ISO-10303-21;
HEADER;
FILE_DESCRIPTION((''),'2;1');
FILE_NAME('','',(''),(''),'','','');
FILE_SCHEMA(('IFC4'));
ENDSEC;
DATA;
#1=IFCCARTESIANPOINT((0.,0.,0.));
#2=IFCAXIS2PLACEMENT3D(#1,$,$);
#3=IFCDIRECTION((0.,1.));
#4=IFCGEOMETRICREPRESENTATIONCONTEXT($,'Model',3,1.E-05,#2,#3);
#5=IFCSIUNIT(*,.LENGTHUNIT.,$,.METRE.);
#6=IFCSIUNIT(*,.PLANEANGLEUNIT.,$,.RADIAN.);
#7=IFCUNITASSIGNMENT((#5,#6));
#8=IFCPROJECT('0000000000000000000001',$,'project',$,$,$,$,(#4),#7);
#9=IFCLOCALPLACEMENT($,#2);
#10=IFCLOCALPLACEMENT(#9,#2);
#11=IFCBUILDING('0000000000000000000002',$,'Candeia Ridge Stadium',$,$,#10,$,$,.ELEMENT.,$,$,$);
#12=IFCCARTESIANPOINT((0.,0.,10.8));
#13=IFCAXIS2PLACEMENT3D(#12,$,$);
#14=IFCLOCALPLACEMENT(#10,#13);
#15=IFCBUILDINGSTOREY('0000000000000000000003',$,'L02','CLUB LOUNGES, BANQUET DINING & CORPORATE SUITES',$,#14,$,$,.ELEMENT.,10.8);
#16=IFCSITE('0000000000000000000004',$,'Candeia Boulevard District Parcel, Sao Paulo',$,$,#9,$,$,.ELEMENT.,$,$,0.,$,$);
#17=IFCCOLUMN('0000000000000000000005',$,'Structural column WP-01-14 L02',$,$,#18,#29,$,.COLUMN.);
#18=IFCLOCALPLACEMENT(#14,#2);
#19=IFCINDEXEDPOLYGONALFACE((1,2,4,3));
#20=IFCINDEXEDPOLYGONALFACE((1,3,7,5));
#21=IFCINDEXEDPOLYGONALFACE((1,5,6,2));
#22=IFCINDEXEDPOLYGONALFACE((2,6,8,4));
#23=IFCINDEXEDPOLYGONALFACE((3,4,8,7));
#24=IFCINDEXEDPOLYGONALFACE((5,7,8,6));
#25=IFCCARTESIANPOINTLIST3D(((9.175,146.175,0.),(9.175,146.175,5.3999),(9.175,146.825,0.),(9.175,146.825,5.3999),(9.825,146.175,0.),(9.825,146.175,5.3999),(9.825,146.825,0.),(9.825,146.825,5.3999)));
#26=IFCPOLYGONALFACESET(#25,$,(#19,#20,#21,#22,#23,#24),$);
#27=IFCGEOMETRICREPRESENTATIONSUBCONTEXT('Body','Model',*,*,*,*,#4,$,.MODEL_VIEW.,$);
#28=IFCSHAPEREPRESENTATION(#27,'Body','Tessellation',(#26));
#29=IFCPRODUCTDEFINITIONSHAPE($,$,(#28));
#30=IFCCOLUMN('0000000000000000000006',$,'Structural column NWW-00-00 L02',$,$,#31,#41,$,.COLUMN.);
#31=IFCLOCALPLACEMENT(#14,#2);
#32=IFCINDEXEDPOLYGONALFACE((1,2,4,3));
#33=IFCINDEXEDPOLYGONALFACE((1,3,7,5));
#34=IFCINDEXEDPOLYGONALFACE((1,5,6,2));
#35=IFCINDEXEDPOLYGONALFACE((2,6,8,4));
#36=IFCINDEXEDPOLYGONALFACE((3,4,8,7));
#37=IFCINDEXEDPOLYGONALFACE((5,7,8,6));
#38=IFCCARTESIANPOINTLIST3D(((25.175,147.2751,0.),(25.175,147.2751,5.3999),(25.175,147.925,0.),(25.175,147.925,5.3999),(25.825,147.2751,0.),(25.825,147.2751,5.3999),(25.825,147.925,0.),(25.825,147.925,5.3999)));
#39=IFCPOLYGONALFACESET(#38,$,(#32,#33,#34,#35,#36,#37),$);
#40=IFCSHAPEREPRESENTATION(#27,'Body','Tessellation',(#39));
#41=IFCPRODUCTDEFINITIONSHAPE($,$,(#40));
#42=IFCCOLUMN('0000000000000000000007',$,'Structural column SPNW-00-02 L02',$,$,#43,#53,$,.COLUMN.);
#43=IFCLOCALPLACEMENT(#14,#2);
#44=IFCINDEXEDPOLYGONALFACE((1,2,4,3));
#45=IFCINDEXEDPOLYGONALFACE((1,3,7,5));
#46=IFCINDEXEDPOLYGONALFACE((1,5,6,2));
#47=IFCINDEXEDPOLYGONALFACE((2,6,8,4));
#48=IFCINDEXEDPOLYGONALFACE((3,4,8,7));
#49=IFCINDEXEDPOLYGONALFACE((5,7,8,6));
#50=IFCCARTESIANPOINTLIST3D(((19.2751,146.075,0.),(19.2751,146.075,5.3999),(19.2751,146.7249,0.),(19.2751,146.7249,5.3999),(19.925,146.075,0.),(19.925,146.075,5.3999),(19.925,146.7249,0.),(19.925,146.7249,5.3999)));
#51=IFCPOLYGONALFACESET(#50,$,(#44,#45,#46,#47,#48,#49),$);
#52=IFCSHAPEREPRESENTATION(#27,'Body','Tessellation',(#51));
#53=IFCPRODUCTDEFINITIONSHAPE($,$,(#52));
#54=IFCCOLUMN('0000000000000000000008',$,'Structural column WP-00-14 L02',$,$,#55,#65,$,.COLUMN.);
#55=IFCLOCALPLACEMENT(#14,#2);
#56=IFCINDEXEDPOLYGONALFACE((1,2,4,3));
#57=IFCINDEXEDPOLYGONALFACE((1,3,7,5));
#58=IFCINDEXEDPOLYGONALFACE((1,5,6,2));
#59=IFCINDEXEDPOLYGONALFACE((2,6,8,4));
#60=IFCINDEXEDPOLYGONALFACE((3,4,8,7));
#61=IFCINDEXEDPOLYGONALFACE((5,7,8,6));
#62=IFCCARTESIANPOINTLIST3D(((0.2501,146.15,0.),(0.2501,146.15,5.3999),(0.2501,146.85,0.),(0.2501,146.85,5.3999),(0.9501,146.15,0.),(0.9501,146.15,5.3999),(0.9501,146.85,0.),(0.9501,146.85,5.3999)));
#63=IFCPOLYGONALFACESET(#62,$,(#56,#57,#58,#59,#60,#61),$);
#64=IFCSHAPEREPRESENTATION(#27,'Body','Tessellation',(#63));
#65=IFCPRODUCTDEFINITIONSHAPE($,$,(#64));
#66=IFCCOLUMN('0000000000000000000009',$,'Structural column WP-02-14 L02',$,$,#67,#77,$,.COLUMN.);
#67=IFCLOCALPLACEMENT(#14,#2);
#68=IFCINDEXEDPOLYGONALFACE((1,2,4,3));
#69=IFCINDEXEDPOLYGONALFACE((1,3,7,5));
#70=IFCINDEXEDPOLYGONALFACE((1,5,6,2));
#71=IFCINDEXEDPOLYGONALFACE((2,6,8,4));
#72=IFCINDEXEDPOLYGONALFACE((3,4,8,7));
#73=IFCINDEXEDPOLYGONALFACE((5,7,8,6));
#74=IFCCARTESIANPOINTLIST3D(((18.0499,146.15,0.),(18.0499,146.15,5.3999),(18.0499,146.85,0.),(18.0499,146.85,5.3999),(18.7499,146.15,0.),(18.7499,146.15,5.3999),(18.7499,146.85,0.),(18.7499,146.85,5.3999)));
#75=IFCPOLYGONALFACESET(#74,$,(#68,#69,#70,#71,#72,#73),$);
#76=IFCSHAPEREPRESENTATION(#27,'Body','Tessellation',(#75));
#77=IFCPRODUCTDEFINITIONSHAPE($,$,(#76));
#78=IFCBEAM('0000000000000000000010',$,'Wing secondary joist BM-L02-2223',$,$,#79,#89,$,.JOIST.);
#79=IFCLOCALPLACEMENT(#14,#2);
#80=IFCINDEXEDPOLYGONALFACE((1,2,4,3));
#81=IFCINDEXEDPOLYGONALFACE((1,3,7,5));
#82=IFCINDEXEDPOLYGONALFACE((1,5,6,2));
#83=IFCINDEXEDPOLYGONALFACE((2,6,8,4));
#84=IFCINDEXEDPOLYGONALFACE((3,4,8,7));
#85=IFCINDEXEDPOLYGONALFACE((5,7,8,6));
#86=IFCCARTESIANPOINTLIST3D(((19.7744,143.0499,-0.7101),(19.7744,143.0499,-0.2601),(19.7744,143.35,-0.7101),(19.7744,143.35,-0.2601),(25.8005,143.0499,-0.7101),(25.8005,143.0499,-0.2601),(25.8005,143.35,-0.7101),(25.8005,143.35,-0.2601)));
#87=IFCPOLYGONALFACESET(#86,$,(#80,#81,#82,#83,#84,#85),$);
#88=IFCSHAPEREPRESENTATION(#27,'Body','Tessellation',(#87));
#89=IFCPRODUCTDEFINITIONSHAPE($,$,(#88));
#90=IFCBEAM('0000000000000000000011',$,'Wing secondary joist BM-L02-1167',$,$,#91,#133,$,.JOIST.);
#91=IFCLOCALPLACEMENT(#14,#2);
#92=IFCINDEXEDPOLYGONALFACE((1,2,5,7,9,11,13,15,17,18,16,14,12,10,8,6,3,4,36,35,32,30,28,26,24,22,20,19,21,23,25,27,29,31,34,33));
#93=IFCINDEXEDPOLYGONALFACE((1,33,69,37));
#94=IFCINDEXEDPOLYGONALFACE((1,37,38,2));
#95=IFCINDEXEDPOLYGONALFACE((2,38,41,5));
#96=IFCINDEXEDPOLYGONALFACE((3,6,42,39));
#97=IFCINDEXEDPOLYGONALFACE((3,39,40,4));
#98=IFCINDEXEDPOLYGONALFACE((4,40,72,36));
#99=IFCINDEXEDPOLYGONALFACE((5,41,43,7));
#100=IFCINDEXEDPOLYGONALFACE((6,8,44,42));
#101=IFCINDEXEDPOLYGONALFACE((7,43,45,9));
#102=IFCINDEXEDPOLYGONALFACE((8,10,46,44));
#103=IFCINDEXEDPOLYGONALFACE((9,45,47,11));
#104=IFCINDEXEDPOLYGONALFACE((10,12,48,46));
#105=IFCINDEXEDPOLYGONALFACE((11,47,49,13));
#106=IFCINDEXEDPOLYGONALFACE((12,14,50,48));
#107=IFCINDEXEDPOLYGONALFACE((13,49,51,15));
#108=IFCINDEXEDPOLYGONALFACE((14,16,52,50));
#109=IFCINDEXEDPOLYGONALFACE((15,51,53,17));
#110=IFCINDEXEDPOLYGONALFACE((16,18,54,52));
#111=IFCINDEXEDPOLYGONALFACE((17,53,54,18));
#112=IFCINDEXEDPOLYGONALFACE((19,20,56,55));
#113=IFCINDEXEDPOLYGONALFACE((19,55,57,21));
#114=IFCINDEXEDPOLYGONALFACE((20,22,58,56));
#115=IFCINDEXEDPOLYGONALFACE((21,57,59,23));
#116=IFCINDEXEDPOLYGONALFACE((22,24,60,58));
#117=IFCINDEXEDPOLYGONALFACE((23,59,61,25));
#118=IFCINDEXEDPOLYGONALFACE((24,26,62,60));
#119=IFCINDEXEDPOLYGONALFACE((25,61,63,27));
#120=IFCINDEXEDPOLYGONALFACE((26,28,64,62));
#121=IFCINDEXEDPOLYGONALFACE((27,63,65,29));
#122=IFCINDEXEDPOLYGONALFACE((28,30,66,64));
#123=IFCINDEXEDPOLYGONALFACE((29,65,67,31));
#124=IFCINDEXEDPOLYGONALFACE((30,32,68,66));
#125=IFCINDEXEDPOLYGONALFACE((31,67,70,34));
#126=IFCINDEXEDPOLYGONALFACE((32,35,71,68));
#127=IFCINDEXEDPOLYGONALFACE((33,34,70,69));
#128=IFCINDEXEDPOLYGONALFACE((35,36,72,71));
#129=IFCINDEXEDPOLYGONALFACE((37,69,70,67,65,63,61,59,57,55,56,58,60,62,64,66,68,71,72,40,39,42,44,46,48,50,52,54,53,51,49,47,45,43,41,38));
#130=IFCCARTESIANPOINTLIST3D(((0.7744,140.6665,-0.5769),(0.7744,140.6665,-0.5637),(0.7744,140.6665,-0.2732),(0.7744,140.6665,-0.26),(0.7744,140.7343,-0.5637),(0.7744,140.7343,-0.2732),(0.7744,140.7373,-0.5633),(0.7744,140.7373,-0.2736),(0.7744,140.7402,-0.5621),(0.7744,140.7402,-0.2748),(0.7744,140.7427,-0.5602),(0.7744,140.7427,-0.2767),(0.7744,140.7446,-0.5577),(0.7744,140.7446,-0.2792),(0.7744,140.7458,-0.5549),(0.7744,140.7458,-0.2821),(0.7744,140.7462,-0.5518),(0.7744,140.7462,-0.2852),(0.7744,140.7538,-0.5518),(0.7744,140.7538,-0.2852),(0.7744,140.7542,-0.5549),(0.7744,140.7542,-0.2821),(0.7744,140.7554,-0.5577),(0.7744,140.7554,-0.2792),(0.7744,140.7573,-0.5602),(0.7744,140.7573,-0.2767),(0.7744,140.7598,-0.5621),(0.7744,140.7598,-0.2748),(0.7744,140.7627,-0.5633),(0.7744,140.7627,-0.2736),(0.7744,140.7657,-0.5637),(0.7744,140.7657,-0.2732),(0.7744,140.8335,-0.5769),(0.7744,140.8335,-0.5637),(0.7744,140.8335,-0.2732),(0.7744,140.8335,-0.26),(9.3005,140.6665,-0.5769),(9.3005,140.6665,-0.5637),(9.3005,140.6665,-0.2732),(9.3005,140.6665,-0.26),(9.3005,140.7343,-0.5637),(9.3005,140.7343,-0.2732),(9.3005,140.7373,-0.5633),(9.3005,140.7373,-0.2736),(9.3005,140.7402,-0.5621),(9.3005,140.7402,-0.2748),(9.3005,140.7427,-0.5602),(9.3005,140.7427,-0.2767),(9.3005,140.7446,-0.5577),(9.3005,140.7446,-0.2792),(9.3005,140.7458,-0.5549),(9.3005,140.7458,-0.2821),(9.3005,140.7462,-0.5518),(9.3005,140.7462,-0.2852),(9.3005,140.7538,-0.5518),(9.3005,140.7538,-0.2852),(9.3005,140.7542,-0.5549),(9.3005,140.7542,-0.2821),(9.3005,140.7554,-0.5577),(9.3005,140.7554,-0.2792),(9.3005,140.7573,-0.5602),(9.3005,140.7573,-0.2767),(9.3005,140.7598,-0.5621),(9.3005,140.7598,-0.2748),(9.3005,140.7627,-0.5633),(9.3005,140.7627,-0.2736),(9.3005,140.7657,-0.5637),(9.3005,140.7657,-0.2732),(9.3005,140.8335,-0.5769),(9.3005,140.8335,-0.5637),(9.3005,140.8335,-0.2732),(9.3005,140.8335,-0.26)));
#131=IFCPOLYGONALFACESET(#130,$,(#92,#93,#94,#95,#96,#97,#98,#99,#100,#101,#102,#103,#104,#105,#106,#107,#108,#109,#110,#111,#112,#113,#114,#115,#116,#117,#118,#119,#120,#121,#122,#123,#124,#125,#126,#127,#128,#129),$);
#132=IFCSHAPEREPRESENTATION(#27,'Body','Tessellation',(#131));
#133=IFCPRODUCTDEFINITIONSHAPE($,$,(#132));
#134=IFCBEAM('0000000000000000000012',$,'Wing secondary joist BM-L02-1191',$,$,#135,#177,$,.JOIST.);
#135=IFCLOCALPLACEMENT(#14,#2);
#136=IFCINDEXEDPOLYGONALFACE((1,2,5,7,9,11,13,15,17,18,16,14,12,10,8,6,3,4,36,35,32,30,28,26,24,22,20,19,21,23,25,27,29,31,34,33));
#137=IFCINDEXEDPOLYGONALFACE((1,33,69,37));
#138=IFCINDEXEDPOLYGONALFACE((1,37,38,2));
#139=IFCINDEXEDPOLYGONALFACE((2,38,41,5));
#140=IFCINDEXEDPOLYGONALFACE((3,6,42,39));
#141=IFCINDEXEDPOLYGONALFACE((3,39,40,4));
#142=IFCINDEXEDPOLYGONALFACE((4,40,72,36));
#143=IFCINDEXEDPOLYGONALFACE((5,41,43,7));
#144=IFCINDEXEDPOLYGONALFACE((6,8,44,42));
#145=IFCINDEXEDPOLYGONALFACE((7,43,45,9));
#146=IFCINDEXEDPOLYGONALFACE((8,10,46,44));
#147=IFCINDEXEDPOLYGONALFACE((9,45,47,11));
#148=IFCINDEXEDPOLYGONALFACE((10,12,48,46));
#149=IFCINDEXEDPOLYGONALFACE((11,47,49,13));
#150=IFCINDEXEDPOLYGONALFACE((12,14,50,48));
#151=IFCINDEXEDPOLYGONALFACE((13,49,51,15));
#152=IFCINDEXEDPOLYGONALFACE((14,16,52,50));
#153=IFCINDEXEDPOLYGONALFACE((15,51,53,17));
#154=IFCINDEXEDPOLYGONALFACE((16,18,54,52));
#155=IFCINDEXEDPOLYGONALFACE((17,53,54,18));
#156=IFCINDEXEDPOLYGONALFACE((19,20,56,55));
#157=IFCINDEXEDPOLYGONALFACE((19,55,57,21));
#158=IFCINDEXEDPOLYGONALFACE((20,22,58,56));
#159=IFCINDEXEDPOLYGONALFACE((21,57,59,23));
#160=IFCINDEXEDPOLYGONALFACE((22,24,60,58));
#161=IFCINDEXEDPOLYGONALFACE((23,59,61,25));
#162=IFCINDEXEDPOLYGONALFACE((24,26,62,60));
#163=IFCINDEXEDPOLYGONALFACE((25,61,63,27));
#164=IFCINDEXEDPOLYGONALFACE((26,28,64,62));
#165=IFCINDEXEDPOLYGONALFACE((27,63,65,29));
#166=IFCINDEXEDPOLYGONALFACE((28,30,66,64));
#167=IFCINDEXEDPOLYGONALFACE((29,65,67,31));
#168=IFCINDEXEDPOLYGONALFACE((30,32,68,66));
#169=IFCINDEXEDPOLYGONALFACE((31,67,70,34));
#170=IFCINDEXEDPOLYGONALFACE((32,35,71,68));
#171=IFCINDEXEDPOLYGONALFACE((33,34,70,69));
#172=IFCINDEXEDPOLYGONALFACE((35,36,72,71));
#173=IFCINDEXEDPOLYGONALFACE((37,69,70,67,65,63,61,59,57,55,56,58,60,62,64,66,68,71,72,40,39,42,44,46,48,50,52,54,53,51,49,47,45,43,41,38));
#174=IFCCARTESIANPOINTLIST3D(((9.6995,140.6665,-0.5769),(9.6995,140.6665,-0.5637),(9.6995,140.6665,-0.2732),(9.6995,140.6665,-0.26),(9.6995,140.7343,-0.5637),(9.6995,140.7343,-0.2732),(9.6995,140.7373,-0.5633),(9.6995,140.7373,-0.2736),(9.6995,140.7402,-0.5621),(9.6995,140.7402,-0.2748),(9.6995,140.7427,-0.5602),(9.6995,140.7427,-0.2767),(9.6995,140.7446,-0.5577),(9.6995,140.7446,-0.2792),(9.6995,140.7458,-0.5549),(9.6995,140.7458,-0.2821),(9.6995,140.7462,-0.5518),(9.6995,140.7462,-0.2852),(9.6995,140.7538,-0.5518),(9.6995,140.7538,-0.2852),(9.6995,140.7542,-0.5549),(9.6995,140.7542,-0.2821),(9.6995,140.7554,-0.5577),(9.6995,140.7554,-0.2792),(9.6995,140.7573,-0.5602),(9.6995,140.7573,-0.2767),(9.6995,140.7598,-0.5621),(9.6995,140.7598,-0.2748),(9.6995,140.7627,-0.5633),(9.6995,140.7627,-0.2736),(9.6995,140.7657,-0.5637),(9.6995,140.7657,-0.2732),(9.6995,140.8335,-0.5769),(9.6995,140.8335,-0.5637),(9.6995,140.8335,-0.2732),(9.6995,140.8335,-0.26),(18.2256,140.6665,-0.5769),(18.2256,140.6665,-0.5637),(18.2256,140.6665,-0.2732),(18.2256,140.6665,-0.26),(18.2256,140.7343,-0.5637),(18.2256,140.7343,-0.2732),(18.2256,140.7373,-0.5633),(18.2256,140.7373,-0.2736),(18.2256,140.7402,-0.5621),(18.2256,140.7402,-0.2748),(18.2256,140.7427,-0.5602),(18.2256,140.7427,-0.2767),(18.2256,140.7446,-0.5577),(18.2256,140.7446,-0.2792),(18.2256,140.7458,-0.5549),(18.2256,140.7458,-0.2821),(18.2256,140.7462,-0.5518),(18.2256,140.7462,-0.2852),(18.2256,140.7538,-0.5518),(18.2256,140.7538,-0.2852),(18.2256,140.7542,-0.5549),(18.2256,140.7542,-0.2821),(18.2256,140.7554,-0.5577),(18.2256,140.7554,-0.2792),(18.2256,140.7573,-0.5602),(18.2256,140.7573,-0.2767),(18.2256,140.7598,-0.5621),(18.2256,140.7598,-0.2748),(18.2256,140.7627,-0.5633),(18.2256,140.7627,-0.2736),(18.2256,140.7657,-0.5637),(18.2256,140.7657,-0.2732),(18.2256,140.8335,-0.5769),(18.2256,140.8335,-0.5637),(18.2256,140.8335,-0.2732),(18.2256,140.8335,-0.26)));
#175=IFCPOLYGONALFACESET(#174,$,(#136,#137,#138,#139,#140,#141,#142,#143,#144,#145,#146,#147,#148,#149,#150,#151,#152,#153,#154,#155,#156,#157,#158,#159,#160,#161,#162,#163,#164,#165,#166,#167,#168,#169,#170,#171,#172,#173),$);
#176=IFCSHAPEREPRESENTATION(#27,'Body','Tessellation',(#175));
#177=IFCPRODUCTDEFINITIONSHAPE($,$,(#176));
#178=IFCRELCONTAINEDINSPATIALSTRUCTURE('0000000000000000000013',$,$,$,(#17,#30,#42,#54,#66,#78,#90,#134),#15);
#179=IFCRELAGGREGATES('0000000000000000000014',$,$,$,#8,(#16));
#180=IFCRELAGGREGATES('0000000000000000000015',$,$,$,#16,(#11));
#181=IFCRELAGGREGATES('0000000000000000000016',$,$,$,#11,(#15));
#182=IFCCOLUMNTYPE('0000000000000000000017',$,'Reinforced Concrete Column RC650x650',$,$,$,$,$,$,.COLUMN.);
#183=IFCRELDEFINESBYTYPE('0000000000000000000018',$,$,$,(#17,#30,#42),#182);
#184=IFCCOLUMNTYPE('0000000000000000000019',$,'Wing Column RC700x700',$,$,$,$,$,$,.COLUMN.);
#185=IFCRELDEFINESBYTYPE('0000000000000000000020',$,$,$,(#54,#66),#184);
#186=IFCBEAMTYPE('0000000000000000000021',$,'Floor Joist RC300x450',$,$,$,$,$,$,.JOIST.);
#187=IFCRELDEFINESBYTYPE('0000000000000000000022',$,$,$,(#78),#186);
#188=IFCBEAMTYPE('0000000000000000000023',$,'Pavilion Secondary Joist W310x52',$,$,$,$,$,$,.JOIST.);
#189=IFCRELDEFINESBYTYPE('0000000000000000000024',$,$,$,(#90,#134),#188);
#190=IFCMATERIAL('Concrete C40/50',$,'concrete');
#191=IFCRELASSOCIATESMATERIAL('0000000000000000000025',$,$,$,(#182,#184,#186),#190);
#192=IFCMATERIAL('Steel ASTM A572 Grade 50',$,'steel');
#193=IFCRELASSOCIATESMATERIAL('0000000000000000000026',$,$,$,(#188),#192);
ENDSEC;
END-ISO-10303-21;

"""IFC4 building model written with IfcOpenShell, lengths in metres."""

from ifc_helpers import new_model, si_unit, direction, frame, origin, origin_2d, place, context, subcontext, project, spatial, rectangle, i_section, extrude, material, material_profile, profile_set, type_object, element, save


model = new_model("IFC4")

# Units and contexts
model_context = context("Model", 3, precision=1e-05, world=origin(), true_north=direction((0.0, 1.0)))
body_context = subcontext(model_context, "Body", "Model", "MODEL_VIEW")
ifc_project = project(units=[si_unit("LENGTHUNIT", "METRE"), si_unit("PLANEANGLEUNIT", "RADIAN")], contexts=[model_context])

# Site, building, storey
site_placement = place(None, origin())
site = spatial("IfcSite", under=ifc_project, at=site_placement, Name="Candeia Boulevard District Parcel, Sao Paulo", CompositionType="ELEMENT", RefElevation=0.0)
building_placement = place(site_placement, origin())
building = spatial("IfcBuilding", under=site, at=building_placement, Name="Candeia Ridge Stadium", CompositionType="ELEMENT")
storey_placement = place(building_placement, frame((0.0, 0.0, 10.8)))
storey = spatial("IfcBuildingStorey", under=building, at=storey_placement, Name="L02", Description="CLUB LOUNGES, BANQUET DINING & CORPORATE SUITES", CompositionType="ELEMENT", Elevation=10.8)

# Columns
ifc_material_1 = material(Name="Concrete C40/50", Category="concrete")
ifc_material_profile_1 = material_profile(ifc_material_1, rectangle(XDim=0.6499, YDim=0.6499, at=origin_2d()), Name="RC650x650", Category="concrete")
ifc_profile_set_1 = profile_set([ifc_material_profile_1], Name="Concrete C40/50")
column_type_1 = type_object("IfcColumnType", Name="Reinforced Concrete Column RC650x650", PredefinedType="COLUMN", material=ifc_profile_set_1)
for number, where, z_axis, x_axis, name in (
    (1, (9.5, 146.5, 0.0), (0.0, 0.0, 1.0), (1.0, 0.0, 0.0), "Structural column WP-01-14 L02"),
    (2, (25.5, 147.6001, 0.0), (0.0, 0.0, 1.0), (1.0, 0.0, 0.0), "Structural column NWW-00-00 L02"),
    (3, (19.6001, 146.3999, 0.0), (0.0, 0.0, 1.0), (1.0, 0.0, 0.0), "Structural column SPNW-00-02 L02"),
):
    element("IfcColumn", number, at=place(storey_placement, frame(where, z_axis=z_axis, x_axis=x_axis)), inside=storey, type_object=column_type_1, Name=name, PredefinedType="COLUMN", context=body_context, shape_type="SweptSolid", body=[
        extrude(rectangle(XDim=0.6499, YDim=0.6499, at=origin_2d()), origin(), (0.0, 0.0, 1.0), 5.3999),
    ])
ifc_material_profile_2 = material_profile(ifc_material_1, rectangle(XDim=0.7, YDim=0.7, at=origin_2d()), Name="RC700x700", Category="concrete")
ifc_profile_set_2 = profile_set([ifc_material_profile_2], Name="Concrete C40/50")
column_type_2 = type_object("IfcColumnType", Name="Wing Column RC700x700", PredefinedType="COLUMN", material=ifc_profile_set_2)
for number, where, z_axis, x_axis, name in (
    (4, (0.6001, 146.5, 0.0), (0.0, 0.0, 1.0), (1.0, 0.0, 0.0), "Structural column WP-00-14 L02"),
    (5, (18.3999, 146.5, 0.0), (0.0, 0.0, 1.0), (1.0, 0.0, 0.0), "Structural column WP-02-14 L02"),
):
    element("IfcColumn", number, at=place(storey_placement, frame(where, z_axis=z_axis, x_axis=x_axis)), inside=storey, type_object=column_type_2, Name=name, PredefinedType="COLUMN", context=body_context, shape_type="SweptSolid", body=[
        extrude(rectangle(XDim=0.7, YDim=0.7, at=origin_2d()), origin(), (0.0, 0.0, 1.0), 5.3999),
    ])

# Beams
ifc_material_profile_3 = material_profile(ifc_material_1, rectangle(XDim=0.3, YDim=0.45, at=origin_2d()), Name="RC300x450", Category="concrete")
ifc_profile_set_3 = profile_set([ifc_material_profile_3], Name="Concrete C40/50")
beam_type_1 = type_object("IfcBeamType", Name="Floor Joist RC300x450", PredefinedType="JOIST", material=ifc_profile_set_3)
beam_1_placement = place(storey_placement, frame((19.7744, 143.2, -0.4851), z_axis=(1.0, 0.0, 0.0), x_axis=(0.0, 1.0, 0.0)))
element("IfcBeam", 6, at=beam_1_placement, inside=storey, type_object=beam_type_1, Name="Wing secondary joist BM-L02-2223", PredefinedType="JOIST", context=body_context, shape_type="SweptSolid", body=[
    extrude(rectangle(XDim=0.3, YDim=0.45, at=origin_2d()), origin(), (0.0, 0.0, 1.0), 6.0261),
])
ifc_material_2 = material(Name="Steel ASTM A572 Grade 50", Category="steel")
ifc_material_profile_4 = material_profile(ifc_material_2, i_section(OverallWidth=0.167, OverallDepth=0.3169, WebThickness=0.0076, FlangeThickness=0.0132, FilletRadius=0.012, at=origin_2d()), Name="W310x52", Category="steel")
ifc_profile_set_4 = profile_set([ifc_material_profile_4], Name="Steel ASTM A572 Grade 50")
beam_type_2 = type_object("IfcBeamType", Name="Pavilion Secondary Joist W310x52", PredefinedType="JOIST", material=ifc_profile_set_4)
for number, where, z_axis, x_axis, name in (
    (7, (0.7744, 140.75, -0.4185), (1.0, 0.0, 0.0), (0.0, 1.0, 0.0), "Wing secondary joist BM-L02-1167"),
    (8, (9.6995, 140.75, -0.4185), (1.0, 0.0, 0.0), (0.0, 1.0, 0.0), "Wing secondary joist BM-L02-1191"),
):
    element("IfcBeam", number, at=place(storey_placement, frame(where, z_axis=z_axis, x_axis=x_axis)), inside=storey, type_object=beam_type_2, Name=name, PredefinedType="JOIST", context=body_context, shape_type="SweptSolid", body=[
        extrude(i_section(OverallWidth=0.167, OverallDepth=0.3169, WebThickness=0.0076, FlangeThickness=0.0132, FilletRadius=0.012, at=origin_2d()), origin(), (0.0, 0.0, 1.0), 8.5261),
    ])

save(model, "model.ifc")
